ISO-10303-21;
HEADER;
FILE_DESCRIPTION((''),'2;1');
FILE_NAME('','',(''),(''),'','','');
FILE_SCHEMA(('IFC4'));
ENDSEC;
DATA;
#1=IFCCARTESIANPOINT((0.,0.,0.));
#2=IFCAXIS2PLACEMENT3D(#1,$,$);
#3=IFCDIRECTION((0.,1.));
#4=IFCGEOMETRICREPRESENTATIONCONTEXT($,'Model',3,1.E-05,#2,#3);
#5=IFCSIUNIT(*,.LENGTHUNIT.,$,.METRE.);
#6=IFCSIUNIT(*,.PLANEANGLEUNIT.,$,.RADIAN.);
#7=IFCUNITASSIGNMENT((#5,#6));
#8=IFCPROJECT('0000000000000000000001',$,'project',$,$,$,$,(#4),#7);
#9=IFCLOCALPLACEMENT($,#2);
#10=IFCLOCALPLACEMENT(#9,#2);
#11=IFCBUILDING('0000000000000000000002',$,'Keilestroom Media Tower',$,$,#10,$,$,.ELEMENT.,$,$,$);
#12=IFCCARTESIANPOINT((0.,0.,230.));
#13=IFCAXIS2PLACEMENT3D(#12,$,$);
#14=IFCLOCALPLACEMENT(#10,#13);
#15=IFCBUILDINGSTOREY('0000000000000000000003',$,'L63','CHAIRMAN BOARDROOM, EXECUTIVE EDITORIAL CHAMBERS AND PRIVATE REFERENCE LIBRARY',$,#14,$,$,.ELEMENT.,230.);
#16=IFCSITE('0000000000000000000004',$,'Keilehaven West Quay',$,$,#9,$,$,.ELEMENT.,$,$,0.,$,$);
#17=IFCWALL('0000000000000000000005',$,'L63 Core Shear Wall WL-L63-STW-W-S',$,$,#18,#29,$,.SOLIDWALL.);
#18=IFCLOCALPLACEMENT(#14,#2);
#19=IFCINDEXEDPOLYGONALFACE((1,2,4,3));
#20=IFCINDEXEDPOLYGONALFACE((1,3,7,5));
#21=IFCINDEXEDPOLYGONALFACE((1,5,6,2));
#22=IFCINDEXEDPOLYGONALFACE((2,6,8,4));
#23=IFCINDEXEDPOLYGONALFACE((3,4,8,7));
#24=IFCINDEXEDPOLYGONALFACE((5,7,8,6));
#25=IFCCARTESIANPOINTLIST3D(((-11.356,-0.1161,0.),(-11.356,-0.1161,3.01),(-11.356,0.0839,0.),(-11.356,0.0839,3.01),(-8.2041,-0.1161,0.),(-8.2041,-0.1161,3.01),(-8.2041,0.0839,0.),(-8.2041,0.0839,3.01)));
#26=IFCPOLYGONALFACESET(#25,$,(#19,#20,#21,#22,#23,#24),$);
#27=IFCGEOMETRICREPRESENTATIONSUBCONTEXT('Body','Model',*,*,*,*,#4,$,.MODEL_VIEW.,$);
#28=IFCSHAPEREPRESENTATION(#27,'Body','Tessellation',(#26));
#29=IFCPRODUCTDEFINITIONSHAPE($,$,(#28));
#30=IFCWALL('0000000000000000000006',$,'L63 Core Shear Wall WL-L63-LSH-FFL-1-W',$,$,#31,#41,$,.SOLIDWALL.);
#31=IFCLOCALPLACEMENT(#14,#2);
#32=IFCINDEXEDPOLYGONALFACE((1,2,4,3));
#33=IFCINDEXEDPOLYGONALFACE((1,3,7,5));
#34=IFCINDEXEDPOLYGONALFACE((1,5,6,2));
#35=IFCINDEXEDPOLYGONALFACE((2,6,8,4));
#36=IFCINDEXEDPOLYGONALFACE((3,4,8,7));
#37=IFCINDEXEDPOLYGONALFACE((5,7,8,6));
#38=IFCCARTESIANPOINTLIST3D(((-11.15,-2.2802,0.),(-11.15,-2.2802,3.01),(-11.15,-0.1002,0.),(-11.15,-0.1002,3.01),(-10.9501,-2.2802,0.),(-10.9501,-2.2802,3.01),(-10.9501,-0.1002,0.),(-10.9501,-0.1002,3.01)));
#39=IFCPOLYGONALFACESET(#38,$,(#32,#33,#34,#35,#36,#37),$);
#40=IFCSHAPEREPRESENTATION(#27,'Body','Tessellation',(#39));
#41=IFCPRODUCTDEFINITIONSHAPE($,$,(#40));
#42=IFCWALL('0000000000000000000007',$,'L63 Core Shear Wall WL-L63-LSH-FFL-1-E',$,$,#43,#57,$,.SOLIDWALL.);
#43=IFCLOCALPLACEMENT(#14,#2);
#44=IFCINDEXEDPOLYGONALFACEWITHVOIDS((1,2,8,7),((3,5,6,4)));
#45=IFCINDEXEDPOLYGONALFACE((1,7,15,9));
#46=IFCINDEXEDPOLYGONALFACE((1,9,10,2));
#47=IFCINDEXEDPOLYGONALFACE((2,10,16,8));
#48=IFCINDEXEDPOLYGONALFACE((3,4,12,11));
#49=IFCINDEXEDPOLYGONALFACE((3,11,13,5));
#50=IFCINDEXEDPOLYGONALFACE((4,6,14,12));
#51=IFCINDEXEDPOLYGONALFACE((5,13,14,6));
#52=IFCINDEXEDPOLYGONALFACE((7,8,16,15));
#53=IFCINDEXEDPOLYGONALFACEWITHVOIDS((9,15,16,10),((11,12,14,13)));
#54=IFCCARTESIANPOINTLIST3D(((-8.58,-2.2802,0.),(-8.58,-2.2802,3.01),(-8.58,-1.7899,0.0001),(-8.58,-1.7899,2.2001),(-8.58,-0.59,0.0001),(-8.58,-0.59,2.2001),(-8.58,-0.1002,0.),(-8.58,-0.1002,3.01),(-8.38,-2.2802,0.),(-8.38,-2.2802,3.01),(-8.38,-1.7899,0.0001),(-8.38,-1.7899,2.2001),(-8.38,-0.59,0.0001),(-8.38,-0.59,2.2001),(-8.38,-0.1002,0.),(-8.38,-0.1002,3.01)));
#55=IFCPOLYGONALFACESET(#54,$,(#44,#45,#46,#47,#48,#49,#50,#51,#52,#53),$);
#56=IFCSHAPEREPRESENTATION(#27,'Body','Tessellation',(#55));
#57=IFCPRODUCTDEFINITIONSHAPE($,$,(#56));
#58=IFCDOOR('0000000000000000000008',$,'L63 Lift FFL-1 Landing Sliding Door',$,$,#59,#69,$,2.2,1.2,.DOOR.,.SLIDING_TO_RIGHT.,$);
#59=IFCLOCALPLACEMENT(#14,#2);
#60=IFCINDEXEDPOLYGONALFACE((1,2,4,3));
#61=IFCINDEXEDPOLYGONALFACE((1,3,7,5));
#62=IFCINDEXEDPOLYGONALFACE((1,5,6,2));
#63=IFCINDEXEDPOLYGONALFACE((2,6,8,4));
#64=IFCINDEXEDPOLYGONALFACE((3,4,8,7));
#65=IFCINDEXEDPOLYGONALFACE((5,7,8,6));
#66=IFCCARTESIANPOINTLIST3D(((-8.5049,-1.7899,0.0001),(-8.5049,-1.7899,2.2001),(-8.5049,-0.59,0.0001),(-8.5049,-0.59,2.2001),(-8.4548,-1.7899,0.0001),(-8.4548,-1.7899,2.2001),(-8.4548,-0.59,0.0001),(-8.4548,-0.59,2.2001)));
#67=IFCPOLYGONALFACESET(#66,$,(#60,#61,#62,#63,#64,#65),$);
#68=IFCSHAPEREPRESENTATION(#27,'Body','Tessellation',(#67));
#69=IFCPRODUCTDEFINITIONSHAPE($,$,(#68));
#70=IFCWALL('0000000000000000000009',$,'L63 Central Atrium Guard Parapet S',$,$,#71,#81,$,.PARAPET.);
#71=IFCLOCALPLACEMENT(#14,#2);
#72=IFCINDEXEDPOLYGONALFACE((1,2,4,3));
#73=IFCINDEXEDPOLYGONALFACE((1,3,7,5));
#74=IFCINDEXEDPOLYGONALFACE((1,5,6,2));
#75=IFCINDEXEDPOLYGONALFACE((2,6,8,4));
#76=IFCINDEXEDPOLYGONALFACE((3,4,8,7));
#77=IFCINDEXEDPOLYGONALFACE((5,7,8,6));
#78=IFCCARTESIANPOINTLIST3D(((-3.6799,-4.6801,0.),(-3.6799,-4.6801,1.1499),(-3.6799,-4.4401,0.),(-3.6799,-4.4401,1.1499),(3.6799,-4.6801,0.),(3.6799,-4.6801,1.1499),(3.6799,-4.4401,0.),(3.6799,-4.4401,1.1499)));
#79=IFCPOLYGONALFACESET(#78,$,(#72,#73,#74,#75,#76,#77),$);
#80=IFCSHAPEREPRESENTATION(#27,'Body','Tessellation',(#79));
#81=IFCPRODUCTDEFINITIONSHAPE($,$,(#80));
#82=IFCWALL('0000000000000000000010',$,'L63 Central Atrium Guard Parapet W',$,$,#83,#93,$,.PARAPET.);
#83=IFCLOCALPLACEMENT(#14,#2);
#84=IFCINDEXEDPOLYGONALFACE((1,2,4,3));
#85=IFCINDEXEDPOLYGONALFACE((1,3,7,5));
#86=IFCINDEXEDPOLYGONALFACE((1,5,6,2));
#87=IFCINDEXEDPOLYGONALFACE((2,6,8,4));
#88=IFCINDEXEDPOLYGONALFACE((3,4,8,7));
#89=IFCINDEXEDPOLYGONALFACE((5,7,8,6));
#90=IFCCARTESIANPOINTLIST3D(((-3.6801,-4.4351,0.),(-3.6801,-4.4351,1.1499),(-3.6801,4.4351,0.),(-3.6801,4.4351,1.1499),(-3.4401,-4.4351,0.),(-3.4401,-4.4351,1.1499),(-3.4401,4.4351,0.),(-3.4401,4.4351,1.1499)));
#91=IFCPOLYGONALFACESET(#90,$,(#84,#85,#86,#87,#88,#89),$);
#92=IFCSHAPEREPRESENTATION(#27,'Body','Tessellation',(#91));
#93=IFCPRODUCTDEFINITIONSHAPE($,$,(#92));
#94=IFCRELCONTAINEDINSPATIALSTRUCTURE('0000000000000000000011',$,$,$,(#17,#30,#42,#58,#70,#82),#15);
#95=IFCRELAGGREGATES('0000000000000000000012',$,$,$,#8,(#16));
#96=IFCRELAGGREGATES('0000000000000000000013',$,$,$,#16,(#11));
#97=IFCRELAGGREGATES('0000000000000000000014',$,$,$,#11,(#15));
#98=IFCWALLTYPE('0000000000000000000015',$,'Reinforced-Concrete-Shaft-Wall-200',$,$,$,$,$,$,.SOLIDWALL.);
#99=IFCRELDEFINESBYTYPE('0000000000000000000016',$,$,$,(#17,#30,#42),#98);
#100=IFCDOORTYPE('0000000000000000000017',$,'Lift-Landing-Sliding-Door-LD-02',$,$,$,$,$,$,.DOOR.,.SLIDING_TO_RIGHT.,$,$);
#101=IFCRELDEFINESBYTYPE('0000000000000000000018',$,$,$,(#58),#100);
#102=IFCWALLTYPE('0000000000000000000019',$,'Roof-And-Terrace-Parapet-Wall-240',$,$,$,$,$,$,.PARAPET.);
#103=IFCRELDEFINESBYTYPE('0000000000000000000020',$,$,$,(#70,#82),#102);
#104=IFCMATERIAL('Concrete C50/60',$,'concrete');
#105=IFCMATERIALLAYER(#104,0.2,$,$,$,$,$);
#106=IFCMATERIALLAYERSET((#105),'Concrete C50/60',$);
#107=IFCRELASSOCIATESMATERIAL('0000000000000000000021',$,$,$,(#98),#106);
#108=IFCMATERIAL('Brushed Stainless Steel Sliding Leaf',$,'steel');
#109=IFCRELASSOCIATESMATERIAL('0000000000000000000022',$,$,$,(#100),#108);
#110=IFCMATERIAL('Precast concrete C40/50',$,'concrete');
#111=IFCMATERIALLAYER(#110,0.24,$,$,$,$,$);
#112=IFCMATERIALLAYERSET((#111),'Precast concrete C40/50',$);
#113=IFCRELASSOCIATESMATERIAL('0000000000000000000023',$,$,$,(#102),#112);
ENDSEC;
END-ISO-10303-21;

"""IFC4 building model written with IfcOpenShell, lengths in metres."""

from ifc_helpers import new_model, si_unit, direction, frame, frame_2d, origin, place, context, subcontext, project, spatial, rectangle, extrude, source, transform, mapped, material, layer, layer_set, type_object, element, fill, save


model = new_model("IFC4")

# Units and contexts
model_context = context("Model", 3, precision=1e-05, world=origin(), true_north=direction((0.0, 1.0)))
body_context = subcontext(model_context, "Body", "Model", "MODEL_VIEW")
ifc_project = project(units=[si_unit("LENGTHUNIT", "METRE"), si_unit("PLANEANGLEUNIT", "RADIAN")], contexts=[model_context])

# Site, building, storey
site_placement = place(None, origin())
site = spatial("IfcSite", under=ifc_project, at=site_placement, Name="Keilehaven West Quay", CompositionType="ELEMENT", RefElevation=0.0)
building_placement = place(site_placement, origin())
building = spatial("IfcBuilding", under=site, at=building_placement, Name="Keilestroom Media Tower", CompositionType="ELEMENT")
storey_placement = place(building_placement, frame((0.0, 0.0, 230.0)))
storey = spatial("IfcBuildingStorey", under=building, at=storey_placement, Name="L63", Description="CHAIRMAN BOARDROOM, EXECUTIVE EDITORIAL CHAMBERS AND PRIVATE REFERENCE LIBRARY", CompositionType="ELEMENT", Elevation=230.0)

# Shared definitions
ifc_material_1 = material(Name="Concrete C50/60", Category="concrete")

# Shared definitions
shared_shape_1 = source(origin(), body_context, "Body", "SweptSolid", [
    extrude(rectangle(XDim=1.2, YDim=2.2, at=frame_2d((0.6001, 1.1001))), frame((0.0, 0.0249, 0.0), z_axis=(0.0, -1.0, 0.0), x_axis=(1.0, 0.0, 0.0)), (0.0, 0.0, 1.0), 0.05),
])

# Shared definitions
ifc_layer_1 = layer(ifc_material_1, 0.2)
ifc_layer_set_1 = layer_set([ifc_layer_1], Name="Concrete C50/60")
wall_type_1 = type_object("IfcWallType", Name="Reinforced-Concrete-Shaft-Wall-200", PredefinedType="SOLIDWALL", material=ifc_layer_set_1)

# Walls
wall_1_placement = place(storey_placement, frame((-11.356, -0.0161, 0.0), z_axis=(0.0, 0.0, 1.0), x_axis=(1.0, 0.0, 0.0)))
element("IfcWall", 1, at=wall_1_placement, inside=storey, type_object=wall_type_1, Name="L63 Core Shear Wall WL-L63-STW-W-S", PredefinedType="SOLIDWALL", context=body_context, shape_type="SweptSolid", body=[
    extrude(rectangle(XDim=3.1519, YDim=0.2, at=frame_2d((1.5759, 0.0))), origin(), (0.0, 0.0, 1.0), 3.01),
])
wall_2_placement = place(storey_placement, frame((-11.05, -2.28, 0.0), z_axis=(0.0, 0.0, 1.0), x_axis=(0.0, 1.0, 0.0)))
element("IfcWall", 2, at=wall_2_placement, inside=storey, type_object=wall_type_1, Name="L63 Core Shear Wall WL-L63-LSH-FFL-1-W", PredefinedType="SOLIDWALL", context=body_context, shape_type="SweptSolid", body=[
    extrude(rectangle(XDim=2.1799, YDim=0.2, at=frame_2d((1.0898, 0.0))), origin(), (0.0, 0.0, 1.0), 3.01),
])

# Wall, opening, door
wall_3_placement = place(storey_placement, frame((-8.48, -2.28, 0.0), z_axis=(0.0, 0.0, 1.0), x_axis=(0.0, 1.0, 0.0)))
wall_3 = element("IfcWall", 3, at=wall_3_placement, inside=storey, type_object=wall_type_1, Name="L63 Core Shear Wall WL-L63-LSH-FFL-1-E", PredefinedType="SOLIDWALL", context=body_context, shape_type="SweptSolid", body=[
    extrude(rectangle(XDim=2.1799, YDim=0.2, at=frame_2d((1.0898, 0.0))), origin(), (0.0, 0.0, 1.0), 3.01),
])
opening_1_placement = place(wall_3_placement, frame((0.49, 0.0, 0.0)))
opening_1 = element("IfcOpeningElement", 4, at=opening_1_placement, cuts=wall_3, PredefinedType="OPENING", context=body_context, shape_type="SweptSolid", body=[
    extrude(rectangle(XDim=1.2, YDim=2.2, at=frame_2d((0.6001, 1.1001))), frame((0.0, 0.1099, 0.0), z_axis=(0.0, -1.0, 0.0), x_axis=(1.0, 0.0, 0.0)), (0.0, 0.0, 1.0), 0.22),
])
ifc_material_2 = material(Name="Brushed Stainless Steel Sliding Leaf", Category="steel")
door_type_1 = type_object("IfcDoorType", Name="Lift-Landing-Sliding-Door-LD-02", OperationType="SLIDING_TO_RIGHT", PredefinedType="DOOR", material=ifc_material_2)
door_1_placement = place(opening_1_placement, origin())
door_1 = element("IfcDoor", 5, at=door_1_placement, inside=storey, type_object=door_type_1, Name="L63 Lift FFL-1 Landing Sliding Door", OperationType="SLIDING_TO_RIGHT", OverallHeight=2.2, OverallWidth=1.2, PredefinedType="DOOR", context=body_context, shape_type="MappedRepresentation", body=[
    mapped(shared_shape_1, transform((0.0, 0.0, 0.0), x_axis=(1.0, 0.0, 0.0), y_axis=(0.0, 1.0, 0.0), z_axis=(0.0, 0.0, 1.0), scale=1.0)),
])
fill(opening_1, door_1)

# Walls
ifc_material_3 = material(Name="Precast concrete C40/50", Category="concrete")
ifc_layer_2 = layer(ifc_material_3, 0.24)
ifc_layer_set_2 = layer_set([ifc_layer_2], Name="Precast concrete C40/50")
wall_type_2 = type_object("IfcWallType", Name="Roof-And-Terrace-Parapet-Wall-240", PredefinedType="PARAPET", material=ifc_layer_set_2)
wall_4_placement = place(storey_placement, frame((-3.6799, -4.5601, 0.0), z_axis=(0.0, 0.0, 1.0), x_axis=(1.0, 0.0, 0.0)))
element("IfcWall", 6, at=wall_4_placement, inside=storey, type_object=wall_type_2, Name="L63 Central Atrium Guard Parapet S", PredefinedType="PARAPET", context=body_context, shape_type="SweptSolid", body=[
    extrude(rectangle(XDim=7.3599, YDim=0.24, at=frame_2d((3.6799, 0.0))), origin(), (0.0, 0.0, 1.0), 1.1499),
])
wall_5_placement = place(storey_placement, frame((-3.5601, -4.4351, 0.0), z_axis=(0.0, 0.0, 1.0), x_axis=(0.0, 1.0, 0.0)))
element("IfcWall", 7, at=wall_5_placement, inside=storey, type_object=wall_type_2, Name="L63 Central Atrium Guard Parapet W", PredefinedType="PARAPET", context=body_context, shape_type="SweptSolid", body=[
    extrude(rectangle(XDim=8.8701, YDim=0.24, at=frame_2d((4.4351, 0.0))), origin(), (0.0, 0.0, 1.0), 1.1499),
])

save(model, "model.ifc")
